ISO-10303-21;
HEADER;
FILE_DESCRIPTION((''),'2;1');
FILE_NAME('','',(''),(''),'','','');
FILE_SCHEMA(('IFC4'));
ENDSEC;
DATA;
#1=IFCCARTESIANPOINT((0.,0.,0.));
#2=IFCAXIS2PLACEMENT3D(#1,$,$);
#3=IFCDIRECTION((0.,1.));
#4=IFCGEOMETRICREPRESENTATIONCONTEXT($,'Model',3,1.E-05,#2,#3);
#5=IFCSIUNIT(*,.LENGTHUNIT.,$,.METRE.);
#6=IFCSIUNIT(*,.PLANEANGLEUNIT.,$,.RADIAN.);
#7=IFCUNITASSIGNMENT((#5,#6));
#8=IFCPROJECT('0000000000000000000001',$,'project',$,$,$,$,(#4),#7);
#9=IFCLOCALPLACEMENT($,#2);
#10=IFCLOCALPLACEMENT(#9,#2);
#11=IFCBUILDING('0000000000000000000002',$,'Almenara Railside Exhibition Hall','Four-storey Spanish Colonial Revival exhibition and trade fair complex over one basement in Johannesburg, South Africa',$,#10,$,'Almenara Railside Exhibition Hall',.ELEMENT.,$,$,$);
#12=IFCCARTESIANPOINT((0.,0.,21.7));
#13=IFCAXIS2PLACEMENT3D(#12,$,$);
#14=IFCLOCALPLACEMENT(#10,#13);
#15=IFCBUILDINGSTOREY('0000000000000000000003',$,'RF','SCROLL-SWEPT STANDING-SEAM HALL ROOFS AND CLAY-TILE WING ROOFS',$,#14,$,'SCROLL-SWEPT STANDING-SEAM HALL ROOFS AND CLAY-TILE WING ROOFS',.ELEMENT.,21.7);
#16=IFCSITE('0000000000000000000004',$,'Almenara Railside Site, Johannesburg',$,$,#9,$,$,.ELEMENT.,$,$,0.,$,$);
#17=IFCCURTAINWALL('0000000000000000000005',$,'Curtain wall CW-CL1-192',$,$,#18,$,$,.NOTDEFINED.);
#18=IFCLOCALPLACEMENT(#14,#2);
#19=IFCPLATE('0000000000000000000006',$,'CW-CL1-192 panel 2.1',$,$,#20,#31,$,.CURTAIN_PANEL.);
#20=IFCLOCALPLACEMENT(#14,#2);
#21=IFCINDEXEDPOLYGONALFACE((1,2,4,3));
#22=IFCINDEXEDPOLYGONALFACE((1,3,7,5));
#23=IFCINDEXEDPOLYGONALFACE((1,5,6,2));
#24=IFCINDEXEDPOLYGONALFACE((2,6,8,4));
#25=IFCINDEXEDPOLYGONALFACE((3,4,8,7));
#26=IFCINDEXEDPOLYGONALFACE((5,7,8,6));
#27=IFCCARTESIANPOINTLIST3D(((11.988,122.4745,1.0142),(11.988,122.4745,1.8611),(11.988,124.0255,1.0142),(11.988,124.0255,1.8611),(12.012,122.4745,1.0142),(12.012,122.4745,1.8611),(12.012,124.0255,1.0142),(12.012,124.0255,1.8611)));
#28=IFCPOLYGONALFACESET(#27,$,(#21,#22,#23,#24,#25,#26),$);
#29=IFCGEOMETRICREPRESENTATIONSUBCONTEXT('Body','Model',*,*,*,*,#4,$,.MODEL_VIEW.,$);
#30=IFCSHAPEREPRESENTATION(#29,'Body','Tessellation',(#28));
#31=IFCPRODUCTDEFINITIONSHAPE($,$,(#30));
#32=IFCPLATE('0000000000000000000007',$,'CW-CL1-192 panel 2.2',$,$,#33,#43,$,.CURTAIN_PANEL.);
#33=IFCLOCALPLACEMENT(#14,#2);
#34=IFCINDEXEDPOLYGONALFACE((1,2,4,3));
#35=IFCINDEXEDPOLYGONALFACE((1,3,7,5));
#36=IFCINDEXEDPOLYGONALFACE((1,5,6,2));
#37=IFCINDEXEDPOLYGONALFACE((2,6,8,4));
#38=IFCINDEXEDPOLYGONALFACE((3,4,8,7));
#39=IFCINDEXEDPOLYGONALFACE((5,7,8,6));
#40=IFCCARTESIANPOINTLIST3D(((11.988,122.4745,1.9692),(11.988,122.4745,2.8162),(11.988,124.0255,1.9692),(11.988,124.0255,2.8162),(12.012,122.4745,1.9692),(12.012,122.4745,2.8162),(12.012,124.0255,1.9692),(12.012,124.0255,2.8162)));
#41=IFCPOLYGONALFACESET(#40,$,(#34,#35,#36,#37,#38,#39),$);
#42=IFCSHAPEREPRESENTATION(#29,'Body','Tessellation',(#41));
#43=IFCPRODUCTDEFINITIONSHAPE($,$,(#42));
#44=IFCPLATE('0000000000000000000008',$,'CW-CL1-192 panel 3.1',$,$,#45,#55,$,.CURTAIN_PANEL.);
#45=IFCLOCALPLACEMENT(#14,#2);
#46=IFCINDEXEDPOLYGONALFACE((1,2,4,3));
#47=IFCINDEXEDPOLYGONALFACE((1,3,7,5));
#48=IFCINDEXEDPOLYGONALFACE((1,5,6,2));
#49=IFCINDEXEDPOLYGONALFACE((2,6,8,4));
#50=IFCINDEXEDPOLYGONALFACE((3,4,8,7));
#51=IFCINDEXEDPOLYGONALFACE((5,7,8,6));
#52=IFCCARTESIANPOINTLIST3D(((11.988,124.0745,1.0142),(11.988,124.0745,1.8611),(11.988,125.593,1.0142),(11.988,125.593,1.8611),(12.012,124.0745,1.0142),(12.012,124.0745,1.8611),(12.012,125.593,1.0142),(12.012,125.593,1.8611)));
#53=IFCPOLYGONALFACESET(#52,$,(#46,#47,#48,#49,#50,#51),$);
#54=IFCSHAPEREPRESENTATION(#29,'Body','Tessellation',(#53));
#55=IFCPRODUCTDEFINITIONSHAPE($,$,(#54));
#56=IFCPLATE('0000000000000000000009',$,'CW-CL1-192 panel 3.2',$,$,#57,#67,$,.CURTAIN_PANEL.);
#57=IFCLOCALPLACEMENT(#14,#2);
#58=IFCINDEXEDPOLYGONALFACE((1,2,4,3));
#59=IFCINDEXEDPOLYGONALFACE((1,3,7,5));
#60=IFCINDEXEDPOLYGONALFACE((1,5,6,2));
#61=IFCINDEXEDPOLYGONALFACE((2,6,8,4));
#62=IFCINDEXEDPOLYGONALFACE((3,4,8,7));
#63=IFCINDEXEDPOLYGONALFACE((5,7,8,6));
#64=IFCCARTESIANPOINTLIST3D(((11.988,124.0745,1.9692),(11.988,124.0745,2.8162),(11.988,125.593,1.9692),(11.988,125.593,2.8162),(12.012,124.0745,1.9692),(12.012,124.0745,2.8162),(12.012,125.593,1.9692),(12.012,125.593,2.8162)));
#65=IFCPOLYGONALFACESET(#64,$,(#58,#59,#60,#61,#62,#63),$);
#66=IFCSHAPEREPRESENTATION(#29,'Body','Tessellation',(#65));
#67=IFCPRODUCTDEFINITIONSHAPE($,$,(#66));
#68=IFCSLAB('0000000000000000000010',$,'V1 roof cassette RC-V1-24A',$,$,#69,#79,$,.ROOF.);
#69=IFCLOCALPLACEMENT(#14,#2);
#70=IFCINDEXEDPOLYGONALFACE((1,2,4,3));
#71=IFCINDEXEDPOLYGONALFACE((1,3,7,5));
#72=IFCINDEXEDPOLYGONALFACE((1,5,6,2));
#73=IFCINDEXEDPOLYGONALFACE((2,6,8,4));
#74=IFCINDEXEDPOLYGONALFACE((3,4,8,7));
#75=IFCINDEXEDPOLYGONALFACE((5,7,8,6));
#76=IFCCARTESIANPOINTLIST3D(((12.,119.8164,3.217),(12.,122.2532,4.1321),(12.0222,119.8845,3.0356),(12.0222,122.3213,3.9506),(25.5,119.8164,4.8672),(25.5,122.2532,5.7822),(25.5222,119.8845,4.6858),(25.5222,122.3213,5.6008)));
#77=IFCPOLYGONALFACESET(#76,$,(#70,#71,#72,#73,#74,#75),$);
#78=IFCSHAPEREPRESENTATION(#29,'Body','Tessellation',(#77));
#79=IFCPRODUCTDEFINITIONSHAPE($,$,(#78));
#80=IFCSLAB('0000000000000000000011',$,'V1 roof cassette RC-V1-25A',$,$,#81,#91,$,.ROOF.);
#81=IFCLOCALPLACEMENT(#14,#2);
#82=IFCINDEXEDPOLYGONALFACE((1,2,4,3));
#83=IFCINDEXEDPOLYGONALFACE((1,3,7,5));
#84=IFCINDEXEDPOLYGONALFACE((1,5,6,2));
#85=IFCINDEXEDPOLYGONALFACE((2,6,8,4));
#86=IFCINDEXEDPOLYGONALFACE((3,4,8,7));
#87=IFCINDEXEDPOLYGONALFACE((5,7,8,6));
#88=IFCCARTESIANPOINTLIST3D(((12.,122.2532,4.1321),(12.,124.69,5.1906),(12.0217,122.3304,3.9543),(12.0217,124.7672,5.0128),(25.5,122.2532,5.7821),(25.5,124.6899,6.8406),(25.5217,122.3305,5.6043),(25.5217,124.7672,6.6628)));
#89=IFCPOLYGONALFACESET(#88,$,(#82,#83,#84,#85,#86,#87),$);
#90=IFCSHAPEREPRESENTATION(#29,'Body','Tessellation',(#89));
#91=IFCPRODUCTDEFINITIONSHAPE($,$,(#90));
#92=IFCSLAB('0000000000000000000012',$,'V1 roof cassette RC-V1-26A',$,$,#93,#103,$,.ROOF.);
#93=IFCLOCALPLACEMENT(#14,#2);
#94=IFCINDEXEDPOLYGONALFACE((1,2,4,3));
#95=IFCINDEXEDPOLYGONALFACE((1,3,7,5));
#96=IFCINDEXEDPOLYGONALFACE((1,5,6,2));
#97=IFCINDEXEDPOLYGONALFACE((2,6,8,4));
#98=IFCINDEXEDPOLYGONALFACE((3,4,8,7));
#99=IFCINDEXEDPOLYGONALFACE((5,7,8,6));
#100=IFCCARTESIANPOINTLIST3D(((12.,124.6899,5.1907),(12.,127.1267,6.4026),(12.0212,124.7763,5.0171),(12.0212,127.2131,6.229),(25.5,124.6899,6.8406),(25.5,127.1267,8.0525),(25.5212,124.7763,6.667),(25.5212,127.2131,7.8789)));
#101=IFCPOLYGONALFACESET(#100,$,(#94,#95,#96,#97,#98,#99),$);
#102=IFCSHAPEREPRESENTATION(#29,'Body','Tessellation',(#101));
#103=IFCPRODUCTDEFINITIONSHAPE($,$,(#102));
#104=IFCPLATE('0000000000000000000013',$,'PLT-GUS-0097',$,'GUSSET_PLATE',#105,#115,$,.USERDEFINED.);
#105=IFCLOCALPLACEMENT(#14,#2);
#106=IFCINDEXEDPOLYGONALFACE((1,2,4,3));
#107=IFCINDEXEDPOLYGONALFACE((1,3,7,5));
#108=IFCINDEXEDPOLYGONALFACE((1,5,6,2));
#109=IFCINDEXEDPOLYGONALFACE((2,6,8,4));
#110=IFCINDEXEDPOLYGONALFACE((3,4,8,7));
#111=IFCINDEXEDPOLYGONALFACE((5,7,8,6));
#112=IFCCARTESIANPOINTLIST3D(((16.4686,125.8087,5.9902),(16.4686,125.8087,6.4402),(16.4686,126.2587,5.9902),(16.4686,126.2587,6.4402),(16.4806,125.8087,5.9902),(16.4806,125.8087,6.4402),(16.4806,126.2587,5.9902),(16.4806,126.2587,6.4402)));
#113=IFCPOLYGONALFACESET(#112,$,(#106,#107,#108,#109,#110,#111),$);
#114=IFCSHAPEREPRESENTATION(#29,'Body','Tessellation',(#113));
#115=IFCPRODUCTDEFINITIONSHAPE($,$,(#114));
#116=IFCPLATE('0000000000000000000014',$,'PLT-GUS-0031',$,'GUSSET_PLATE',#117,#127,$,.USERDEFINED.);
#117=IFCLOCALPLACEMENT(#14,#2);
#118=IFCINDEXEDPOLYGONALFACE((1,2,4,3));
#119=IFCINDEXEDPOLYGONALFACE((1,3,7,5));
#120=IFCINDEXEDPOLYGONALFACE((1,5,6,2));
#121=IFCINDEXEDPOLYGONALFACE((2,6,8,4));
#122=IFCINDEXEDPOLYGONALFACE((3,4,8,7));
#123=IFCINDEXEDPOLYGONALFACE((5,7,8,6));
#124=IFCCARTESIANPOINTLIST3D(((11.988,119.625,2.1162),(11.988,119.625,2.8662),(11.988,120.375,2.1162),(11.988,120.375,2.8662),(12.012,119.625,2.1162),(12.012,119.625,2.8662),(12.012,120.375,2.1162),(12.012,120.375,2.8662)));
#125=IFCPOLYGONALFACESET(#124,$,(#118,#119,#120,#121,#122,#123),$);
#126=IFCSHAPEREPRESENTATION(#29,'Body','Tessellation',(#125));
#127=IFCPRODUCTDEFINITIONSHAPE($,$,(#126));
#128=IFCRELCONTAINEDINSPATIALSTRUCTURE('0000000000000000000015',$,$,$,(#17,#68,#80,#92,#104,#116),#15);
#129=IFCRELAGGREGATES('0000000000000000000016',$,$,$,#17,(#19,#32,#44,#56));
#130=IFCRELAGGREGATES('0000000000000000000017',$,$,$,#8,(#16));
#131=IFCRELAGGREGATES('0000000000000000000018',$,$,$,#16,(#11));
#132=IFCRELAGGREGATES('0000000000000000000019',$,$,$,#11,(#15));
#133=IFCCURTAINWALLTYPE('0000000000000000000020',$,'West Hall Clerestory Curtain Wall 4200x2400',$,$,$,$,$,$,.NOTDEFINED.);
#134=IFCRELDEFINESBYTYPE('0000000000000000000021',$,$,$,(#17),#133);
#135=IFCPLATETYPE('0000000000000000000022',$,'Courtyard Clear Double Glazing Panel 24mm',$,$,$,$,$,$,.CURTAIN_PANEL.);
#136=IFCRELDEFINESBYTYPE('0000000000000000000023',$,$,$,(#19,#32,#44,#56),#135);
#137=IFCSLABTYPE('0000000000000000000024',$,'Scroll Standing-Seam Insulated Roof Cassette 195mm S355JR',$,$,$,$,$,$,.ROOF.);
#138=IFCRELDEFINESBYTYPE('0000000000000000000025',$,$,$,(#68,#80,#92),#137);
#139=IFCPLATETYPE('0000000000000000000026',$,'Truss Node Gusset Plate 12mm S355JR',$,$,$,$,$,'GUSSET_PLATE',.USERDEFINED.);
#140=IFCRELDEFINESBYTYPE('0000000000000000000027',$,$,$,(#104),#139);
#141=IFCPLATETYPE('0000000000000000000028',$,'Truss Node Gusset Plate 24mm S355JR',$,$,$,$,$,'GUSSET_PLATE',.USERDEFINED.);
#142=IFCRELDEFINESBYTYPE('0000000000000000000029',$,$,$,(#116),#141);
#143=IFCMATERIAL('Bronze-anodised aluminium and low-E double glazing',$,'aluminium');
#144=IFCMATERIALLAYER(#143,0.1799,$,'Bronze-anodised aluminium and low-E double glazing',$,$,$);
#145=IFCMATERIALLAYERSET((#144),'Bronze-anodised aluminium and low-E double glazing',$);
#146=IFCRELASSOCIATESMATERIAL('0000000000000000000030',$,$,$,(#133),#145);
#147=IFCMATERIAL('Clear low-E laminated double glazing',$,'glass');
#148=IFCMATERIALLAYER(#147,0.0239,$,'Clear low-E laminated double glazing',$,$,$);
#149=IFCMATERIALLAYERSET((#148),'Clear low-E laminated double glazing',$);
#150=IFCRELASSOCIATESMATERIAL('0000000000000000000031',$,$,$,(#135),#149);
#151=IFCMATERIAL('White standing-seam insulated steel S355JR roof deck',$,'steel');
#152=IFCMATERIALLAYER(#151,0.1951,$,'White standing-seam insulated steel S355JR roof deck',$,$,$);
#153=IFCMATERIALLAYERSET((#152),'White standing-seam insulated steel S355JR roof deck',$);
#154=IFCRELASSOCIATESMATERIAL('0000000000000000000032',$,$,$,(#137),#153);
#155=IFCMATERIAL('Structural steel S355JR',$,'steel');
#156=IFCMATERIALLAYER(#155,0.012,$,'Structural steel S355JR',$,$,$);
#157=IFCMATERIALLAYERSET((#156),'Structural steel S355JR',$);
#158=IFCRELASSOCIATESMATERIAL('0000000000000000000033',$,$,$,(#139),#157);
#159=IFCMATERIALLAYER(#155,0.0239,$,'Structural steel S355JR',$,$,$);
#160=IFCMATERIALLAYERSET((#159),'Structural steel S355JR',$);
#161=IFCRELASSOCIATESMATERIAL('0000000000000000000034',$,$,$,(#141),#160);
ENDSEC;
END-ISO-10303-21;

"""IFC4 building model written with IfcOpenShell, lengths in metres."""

from ifc_helpers import new_model, si_unit, direction, frame, origin, origin_2d, place, context, subcontext, project, spatial, polyline, rectangle, outline, extrude, material, layer, layer_set, type_object, element, aggregate, save


model = new_model("IFC4")

# Units and contexts
model_context = context("Model", 3, precision=1e-05, world=origin(), true_north=direction((0.0, 1.0)))
body_context = subcontext(model_context, "Body", "Model", "MODEL_VIEW")
ifc_project = project(units=[si_unit("LENGTHUNIT", "METRE"), si_unit("PLANEANGLEUNIT", "RADIAN")], contexts=[model_context])

# Site, building, storey
site_placement = place(None, origin())
site = spatial("IfcSite", under=ifc_project, at=site_placement, Name="Almenara Railside Site, Johannesburg", CompositionType="ELEMENT", RefElevation=0.0)
building_placement = place(site_placement, origin())
building = spatial("IfcBuilding", under=site, at=building_placement, Name="Almenara Railside Exhibition Hall", Description="Four-storey Spanish Colonial Revival exhibition and trade fair complex over one basement in Johannesburg, South Africa", LongName="Almenara Railside Exhibition Hall", CompositionType="ELEMENT")
storey_placement = place(building_placement, frame((0.0, 0.0, 21.7)))
storey = spatial("IfcBuildingStorey", under=building, at=storey_placement, Name="RF", Description="SCROLL-SWEPT STANDING-SEAM HALL ROOFS AND CLAY-TILE WING ROOFS", LongName="SCROLL-SWEPT STANDING-SEAM HALL ROOFS AND CLAY-TILE WING ROOFS", CompositionType="ELEMENT", Elevation=21.7)

# Shared definitions
ifc_material_1 = material(Name="Structural steel S355JR", Category="steel")

# Shared definitions
ifc_material_2 = material(Name="Bronze-anodised aluminium and low-E double glazing", Category="aluminium")
ifc_layer_1 = layer(ifc_material_2, 0.1799, Name="Bronze-anodised aluminium and low-E double glazing")
ifc_layer_set_1 = layer_set([ifc_layer_1], Name="Bronze-anodised aluminium and low-E double glazing")
curtain_wall_type = type_object("IfcCurtainWallType", Name="West Hall Clerestory Curtain Wall 4200x2400", PredefinedType="NOTDEFINED", material=ifc_layer_set_1)

# Curtain wall
curtain_wall_1_placement = place(storey_placement, origin())
curtain_wall_1 = element("IfcCurtainWall", 1, at=curtain_wall_1_placement, inside=storey, type_object=curtain_wall_type, Name="Curtain wall CW-CL1-192", PredefinedType="NOTDEFINED")

# Plates
ifc_material_3 = material(Name="Clear low-E laminated double glazing", Category="glass")
ifc_layer_2 = layer(ifc_material_3, 0.0239, Name="Clear low-E laminated double glazing")
ifc_layer_set_2 = layer_set([ifc_layer_2], Name="Clear low-E laminated double glazing")
plate_type_1 = type_object("IfcPlateType", Name="Courtyard Clear Double Glazing Panel 24mm", PredefinedType="CURTAIN_PANEL", material=ifc_layer_set_2)
plate_1_placement = place(storey_placement, frame((12.0, 123.25, 1.0142), z_axis=(0.0, 0.0, 1.0), x_axis=(0.0, 1.0, 0.0)))
plate_1 = element("IfcPlate", 2, at=plate_1_placement, type_object=plate_type_1, Name="CW-CL1-192 panel 2.1", PredefinedType="CURTAIN_PANEL", context=body_context, shape_type="SweptSolid", body=[
    extrude(rectangle(XDim=1.551, YDim=0.0239, at=origin_2d()), origin(), (0.0, 0.0, 1.0), 0.8469),
])
plate_2_placement = place(storey_placement, frame((12.0, 123.25, 1.9692), z_axis=(0.0, 0.0, 1.0), x_axis=(0.0, 1.0, 0.0)))
plate_2 = element("IfcPlate", 3, at=plate_2_placement, type_object=plate_type_1, Name="CW-CL1-192 panel 2.2", PredefinedType="CURTAIN_PANEL", context=body_context, shape_type="SweptSolid", body=[
    extrude(rectangle(XDim=1.551, YDim=0.0239, at=origin_2d()), origin(), (0.0, 0.0, 1.0), 0.8469),
])
plate_3_placement = place(storey_placement, frame((12.0, 124.8337, 1.0142), z_axis=(0.0, 0.0, 1.0), x_axis=(0.0, 1.0, 0.0)))
plate_3 = element("IfcPlate", 4, at=plate_3_placement, type_object=plate_type_1, Name="CW-CL1-192 panel 3.1", PredefinedType="CURTAIN_PANEL", context=body_context, shape_type="SweptSolid", body=[
    extrude(rectangle(XDim=1.5186, YDim=0.0239, at=origin_2d()), origin(), (0.0, 0.0, 1.0), 0.8469),
])
plate_4_placement = place(storey_placement, frame((12.0, 124.8337, 1.9692), z_axis=(0.0, 0.0, 1.0), x_axis=(0.0, 1.0, 0.0)))
plate_4 = element("IfcPlate", 5, at=plate_4_placement, type_object=plate_type_1, Name="CW-CL1-192 panel 3.2", PredefinedType="CURTAIN_PANEL", context=body_context, shape_type="SweptSolid", body=[
    extrude(rectangle(XDim=1.5186, YDim=0.0239, at=origin_2d()), origin(), (0.0, 0.0, 1.0), 0.8469),
])
aggregate(curtain_wall_1, [plate_1, plate_2, plate_3, plate_4])

# Slabs
ifc_material_4 = material(Name="White standing-seam insulated steel S355JR roof deck", Category="steel")
ifc_layer_3 = layer(ifc_material_4, 0.1951, Name="White standing-seam insulated steel S355JR roof deck")
ifc_layer_set_3 = layer_set([ifc_layer_3], Name="White standing-seam insulated steel S355JR roof deck")
slab_type = type_object("IfcSlabType", Name="Scroll Standing-Seam Insulated Roof Cassette 195mm S355JR", PredefinedType="ROOF", material=ifc_layer_set_3)
slab_1_placement = place(storey_placement, frame((12.0, 119.8164, 3.217), z_axis=(-0.113689, -0.349266, 0.930101), x_axis=(0.992612, 0.0, 0.12133)))
element("IfcSlab", 6, at=slab_1_placement, inside=storey, type_object=slab_type, Name="V1 roof cassette RC-V1-24A", PredefinedType="ROOF", context=body_context, shape_type="SweptSolid", body=[
    extrude(outline(polyline([(0.0, 0.0), (13.6005, 0.0), (13.7115, 2.6005), (0.111, 2.6005), (0.0, 0.0)])), origin(), (0.0, 0.0, -1.0), 0.1951),
])
slab_2_placement = place(storey_placement, frame((12.0, 122.2532, 4.1321), z_axis=(-0.111407, -0.395932, 0.911497), x_axis=(0.992613, 0.000003, 0.121323)))
element("IfcSlab", 7, at=slab_2_placement, inside=storey, type_object=slab_type, Name="V1 roof cassette RC-V1-25A", PredefinedType="ROOF", context=body_context, shape_type="SweptSolid", body=[
    extrude(outline(polyline([(0.0, 0.0), (13.6005, 0.0), (13.7289, 2.6536), (0.1284, 2.6537), (0.0, 0.0)])), origin(), (0.0, 0.0, -1.0), 0.1951),
])
slab_3_placement = place(storey_placement, frame((12.0, 124.6899, 5.1907), z_axis=(-0.108779, -0.442668, 0.890063), x_axis=(0.992614, 0.0, 0.121312)))
element("IfcSlab", 8, at=slab_3_placement, inside=storey, type_object=slab_type, Name="V1 roof cassette RC-V1-26A", PredefinedType="ROOF", context=body_context, shape_type="SweptSolid", body=[
    extrude(outline(polyline([(0.0, 0.0), (13.6004, 0.0), (13.7475, 2.7175), (0.147, 2.7175), (0.0, 0.0)])), origin(), (0.0, 0.0, -1.0), 0.1951),
])

# Plates
ifc_layer_4 = layer(ifc_material_1, 0.012, Name="Structural steel S355JR")
ifc_layer_set_4 = layer_set([ifc_layer_4], Name="Structural steel S355JR")
plate_type_2 = type_object("IfcPlateType", Name="Truss Node Gusset Plate 12mm S355JR", ElementType="GUSSET_PLATE", PredefinedType="USERDEFINED", material=ifc_layer_set_4)
plate_5_placement = place(storey_placement, frame((16.4746, 126.0337, 5.9902), z_axis=(0.0, 0.0, 1.0), x_axis=(0.0, 1.0, 0.0)))
element("IfcPlate", 9, at=plate_5_placement, inside=storey, type_object=plate_type_2, Name="PLT-GUS-0097", ObjectType="GUSSET_PLATE", PredefinedType="USERDEFINED", context=body_context, shape_type="SweptSolid", body=[
    extrude(rectangle(XDim=0.45, YDim=0.012, at=origin_2d()), origin(), (0.0, 0.0, 1.0), 0.45),
])
ifc_layer_5 = layer(ifc_material_1, 0.0239, Name="Structural steel S355JR")
ifc_layer_set_5 = layer_set([ifc_layer_5], Name="Structural steel S355JR")
plate_type_3 = type_object("IfcPlateType", Name="Truss Node Gusset Plate 24mm S355JR", ElementType="GUSSET_PLATE", PredefinedType="USERDEFINED", material=ifc_layer_set_5)
plate_6_placement = place(storey_placement, frame((12.0, 120.0, 2.1162), z_axis=(0.0, 0.0, 1.0), x_axis=(0.0, 1.0, 0.0)))
element("IfcPlate", 10, at=plate_6_placement, inside=storey, type_object=plate_type_3, Name="PLT-GUS-0031", ObjectType="GUSSET_PLATE", PredefinedType="USERDEFINED", context=body_context, shape_type="SweptSolid", body=[
    extrude(rectangle(XDim=0.75, YDim=0.0239, at=origin_2d()), origin(), (0.0, 0.0, 1.0), 0.75),
])

save(model, "model.ifc")
